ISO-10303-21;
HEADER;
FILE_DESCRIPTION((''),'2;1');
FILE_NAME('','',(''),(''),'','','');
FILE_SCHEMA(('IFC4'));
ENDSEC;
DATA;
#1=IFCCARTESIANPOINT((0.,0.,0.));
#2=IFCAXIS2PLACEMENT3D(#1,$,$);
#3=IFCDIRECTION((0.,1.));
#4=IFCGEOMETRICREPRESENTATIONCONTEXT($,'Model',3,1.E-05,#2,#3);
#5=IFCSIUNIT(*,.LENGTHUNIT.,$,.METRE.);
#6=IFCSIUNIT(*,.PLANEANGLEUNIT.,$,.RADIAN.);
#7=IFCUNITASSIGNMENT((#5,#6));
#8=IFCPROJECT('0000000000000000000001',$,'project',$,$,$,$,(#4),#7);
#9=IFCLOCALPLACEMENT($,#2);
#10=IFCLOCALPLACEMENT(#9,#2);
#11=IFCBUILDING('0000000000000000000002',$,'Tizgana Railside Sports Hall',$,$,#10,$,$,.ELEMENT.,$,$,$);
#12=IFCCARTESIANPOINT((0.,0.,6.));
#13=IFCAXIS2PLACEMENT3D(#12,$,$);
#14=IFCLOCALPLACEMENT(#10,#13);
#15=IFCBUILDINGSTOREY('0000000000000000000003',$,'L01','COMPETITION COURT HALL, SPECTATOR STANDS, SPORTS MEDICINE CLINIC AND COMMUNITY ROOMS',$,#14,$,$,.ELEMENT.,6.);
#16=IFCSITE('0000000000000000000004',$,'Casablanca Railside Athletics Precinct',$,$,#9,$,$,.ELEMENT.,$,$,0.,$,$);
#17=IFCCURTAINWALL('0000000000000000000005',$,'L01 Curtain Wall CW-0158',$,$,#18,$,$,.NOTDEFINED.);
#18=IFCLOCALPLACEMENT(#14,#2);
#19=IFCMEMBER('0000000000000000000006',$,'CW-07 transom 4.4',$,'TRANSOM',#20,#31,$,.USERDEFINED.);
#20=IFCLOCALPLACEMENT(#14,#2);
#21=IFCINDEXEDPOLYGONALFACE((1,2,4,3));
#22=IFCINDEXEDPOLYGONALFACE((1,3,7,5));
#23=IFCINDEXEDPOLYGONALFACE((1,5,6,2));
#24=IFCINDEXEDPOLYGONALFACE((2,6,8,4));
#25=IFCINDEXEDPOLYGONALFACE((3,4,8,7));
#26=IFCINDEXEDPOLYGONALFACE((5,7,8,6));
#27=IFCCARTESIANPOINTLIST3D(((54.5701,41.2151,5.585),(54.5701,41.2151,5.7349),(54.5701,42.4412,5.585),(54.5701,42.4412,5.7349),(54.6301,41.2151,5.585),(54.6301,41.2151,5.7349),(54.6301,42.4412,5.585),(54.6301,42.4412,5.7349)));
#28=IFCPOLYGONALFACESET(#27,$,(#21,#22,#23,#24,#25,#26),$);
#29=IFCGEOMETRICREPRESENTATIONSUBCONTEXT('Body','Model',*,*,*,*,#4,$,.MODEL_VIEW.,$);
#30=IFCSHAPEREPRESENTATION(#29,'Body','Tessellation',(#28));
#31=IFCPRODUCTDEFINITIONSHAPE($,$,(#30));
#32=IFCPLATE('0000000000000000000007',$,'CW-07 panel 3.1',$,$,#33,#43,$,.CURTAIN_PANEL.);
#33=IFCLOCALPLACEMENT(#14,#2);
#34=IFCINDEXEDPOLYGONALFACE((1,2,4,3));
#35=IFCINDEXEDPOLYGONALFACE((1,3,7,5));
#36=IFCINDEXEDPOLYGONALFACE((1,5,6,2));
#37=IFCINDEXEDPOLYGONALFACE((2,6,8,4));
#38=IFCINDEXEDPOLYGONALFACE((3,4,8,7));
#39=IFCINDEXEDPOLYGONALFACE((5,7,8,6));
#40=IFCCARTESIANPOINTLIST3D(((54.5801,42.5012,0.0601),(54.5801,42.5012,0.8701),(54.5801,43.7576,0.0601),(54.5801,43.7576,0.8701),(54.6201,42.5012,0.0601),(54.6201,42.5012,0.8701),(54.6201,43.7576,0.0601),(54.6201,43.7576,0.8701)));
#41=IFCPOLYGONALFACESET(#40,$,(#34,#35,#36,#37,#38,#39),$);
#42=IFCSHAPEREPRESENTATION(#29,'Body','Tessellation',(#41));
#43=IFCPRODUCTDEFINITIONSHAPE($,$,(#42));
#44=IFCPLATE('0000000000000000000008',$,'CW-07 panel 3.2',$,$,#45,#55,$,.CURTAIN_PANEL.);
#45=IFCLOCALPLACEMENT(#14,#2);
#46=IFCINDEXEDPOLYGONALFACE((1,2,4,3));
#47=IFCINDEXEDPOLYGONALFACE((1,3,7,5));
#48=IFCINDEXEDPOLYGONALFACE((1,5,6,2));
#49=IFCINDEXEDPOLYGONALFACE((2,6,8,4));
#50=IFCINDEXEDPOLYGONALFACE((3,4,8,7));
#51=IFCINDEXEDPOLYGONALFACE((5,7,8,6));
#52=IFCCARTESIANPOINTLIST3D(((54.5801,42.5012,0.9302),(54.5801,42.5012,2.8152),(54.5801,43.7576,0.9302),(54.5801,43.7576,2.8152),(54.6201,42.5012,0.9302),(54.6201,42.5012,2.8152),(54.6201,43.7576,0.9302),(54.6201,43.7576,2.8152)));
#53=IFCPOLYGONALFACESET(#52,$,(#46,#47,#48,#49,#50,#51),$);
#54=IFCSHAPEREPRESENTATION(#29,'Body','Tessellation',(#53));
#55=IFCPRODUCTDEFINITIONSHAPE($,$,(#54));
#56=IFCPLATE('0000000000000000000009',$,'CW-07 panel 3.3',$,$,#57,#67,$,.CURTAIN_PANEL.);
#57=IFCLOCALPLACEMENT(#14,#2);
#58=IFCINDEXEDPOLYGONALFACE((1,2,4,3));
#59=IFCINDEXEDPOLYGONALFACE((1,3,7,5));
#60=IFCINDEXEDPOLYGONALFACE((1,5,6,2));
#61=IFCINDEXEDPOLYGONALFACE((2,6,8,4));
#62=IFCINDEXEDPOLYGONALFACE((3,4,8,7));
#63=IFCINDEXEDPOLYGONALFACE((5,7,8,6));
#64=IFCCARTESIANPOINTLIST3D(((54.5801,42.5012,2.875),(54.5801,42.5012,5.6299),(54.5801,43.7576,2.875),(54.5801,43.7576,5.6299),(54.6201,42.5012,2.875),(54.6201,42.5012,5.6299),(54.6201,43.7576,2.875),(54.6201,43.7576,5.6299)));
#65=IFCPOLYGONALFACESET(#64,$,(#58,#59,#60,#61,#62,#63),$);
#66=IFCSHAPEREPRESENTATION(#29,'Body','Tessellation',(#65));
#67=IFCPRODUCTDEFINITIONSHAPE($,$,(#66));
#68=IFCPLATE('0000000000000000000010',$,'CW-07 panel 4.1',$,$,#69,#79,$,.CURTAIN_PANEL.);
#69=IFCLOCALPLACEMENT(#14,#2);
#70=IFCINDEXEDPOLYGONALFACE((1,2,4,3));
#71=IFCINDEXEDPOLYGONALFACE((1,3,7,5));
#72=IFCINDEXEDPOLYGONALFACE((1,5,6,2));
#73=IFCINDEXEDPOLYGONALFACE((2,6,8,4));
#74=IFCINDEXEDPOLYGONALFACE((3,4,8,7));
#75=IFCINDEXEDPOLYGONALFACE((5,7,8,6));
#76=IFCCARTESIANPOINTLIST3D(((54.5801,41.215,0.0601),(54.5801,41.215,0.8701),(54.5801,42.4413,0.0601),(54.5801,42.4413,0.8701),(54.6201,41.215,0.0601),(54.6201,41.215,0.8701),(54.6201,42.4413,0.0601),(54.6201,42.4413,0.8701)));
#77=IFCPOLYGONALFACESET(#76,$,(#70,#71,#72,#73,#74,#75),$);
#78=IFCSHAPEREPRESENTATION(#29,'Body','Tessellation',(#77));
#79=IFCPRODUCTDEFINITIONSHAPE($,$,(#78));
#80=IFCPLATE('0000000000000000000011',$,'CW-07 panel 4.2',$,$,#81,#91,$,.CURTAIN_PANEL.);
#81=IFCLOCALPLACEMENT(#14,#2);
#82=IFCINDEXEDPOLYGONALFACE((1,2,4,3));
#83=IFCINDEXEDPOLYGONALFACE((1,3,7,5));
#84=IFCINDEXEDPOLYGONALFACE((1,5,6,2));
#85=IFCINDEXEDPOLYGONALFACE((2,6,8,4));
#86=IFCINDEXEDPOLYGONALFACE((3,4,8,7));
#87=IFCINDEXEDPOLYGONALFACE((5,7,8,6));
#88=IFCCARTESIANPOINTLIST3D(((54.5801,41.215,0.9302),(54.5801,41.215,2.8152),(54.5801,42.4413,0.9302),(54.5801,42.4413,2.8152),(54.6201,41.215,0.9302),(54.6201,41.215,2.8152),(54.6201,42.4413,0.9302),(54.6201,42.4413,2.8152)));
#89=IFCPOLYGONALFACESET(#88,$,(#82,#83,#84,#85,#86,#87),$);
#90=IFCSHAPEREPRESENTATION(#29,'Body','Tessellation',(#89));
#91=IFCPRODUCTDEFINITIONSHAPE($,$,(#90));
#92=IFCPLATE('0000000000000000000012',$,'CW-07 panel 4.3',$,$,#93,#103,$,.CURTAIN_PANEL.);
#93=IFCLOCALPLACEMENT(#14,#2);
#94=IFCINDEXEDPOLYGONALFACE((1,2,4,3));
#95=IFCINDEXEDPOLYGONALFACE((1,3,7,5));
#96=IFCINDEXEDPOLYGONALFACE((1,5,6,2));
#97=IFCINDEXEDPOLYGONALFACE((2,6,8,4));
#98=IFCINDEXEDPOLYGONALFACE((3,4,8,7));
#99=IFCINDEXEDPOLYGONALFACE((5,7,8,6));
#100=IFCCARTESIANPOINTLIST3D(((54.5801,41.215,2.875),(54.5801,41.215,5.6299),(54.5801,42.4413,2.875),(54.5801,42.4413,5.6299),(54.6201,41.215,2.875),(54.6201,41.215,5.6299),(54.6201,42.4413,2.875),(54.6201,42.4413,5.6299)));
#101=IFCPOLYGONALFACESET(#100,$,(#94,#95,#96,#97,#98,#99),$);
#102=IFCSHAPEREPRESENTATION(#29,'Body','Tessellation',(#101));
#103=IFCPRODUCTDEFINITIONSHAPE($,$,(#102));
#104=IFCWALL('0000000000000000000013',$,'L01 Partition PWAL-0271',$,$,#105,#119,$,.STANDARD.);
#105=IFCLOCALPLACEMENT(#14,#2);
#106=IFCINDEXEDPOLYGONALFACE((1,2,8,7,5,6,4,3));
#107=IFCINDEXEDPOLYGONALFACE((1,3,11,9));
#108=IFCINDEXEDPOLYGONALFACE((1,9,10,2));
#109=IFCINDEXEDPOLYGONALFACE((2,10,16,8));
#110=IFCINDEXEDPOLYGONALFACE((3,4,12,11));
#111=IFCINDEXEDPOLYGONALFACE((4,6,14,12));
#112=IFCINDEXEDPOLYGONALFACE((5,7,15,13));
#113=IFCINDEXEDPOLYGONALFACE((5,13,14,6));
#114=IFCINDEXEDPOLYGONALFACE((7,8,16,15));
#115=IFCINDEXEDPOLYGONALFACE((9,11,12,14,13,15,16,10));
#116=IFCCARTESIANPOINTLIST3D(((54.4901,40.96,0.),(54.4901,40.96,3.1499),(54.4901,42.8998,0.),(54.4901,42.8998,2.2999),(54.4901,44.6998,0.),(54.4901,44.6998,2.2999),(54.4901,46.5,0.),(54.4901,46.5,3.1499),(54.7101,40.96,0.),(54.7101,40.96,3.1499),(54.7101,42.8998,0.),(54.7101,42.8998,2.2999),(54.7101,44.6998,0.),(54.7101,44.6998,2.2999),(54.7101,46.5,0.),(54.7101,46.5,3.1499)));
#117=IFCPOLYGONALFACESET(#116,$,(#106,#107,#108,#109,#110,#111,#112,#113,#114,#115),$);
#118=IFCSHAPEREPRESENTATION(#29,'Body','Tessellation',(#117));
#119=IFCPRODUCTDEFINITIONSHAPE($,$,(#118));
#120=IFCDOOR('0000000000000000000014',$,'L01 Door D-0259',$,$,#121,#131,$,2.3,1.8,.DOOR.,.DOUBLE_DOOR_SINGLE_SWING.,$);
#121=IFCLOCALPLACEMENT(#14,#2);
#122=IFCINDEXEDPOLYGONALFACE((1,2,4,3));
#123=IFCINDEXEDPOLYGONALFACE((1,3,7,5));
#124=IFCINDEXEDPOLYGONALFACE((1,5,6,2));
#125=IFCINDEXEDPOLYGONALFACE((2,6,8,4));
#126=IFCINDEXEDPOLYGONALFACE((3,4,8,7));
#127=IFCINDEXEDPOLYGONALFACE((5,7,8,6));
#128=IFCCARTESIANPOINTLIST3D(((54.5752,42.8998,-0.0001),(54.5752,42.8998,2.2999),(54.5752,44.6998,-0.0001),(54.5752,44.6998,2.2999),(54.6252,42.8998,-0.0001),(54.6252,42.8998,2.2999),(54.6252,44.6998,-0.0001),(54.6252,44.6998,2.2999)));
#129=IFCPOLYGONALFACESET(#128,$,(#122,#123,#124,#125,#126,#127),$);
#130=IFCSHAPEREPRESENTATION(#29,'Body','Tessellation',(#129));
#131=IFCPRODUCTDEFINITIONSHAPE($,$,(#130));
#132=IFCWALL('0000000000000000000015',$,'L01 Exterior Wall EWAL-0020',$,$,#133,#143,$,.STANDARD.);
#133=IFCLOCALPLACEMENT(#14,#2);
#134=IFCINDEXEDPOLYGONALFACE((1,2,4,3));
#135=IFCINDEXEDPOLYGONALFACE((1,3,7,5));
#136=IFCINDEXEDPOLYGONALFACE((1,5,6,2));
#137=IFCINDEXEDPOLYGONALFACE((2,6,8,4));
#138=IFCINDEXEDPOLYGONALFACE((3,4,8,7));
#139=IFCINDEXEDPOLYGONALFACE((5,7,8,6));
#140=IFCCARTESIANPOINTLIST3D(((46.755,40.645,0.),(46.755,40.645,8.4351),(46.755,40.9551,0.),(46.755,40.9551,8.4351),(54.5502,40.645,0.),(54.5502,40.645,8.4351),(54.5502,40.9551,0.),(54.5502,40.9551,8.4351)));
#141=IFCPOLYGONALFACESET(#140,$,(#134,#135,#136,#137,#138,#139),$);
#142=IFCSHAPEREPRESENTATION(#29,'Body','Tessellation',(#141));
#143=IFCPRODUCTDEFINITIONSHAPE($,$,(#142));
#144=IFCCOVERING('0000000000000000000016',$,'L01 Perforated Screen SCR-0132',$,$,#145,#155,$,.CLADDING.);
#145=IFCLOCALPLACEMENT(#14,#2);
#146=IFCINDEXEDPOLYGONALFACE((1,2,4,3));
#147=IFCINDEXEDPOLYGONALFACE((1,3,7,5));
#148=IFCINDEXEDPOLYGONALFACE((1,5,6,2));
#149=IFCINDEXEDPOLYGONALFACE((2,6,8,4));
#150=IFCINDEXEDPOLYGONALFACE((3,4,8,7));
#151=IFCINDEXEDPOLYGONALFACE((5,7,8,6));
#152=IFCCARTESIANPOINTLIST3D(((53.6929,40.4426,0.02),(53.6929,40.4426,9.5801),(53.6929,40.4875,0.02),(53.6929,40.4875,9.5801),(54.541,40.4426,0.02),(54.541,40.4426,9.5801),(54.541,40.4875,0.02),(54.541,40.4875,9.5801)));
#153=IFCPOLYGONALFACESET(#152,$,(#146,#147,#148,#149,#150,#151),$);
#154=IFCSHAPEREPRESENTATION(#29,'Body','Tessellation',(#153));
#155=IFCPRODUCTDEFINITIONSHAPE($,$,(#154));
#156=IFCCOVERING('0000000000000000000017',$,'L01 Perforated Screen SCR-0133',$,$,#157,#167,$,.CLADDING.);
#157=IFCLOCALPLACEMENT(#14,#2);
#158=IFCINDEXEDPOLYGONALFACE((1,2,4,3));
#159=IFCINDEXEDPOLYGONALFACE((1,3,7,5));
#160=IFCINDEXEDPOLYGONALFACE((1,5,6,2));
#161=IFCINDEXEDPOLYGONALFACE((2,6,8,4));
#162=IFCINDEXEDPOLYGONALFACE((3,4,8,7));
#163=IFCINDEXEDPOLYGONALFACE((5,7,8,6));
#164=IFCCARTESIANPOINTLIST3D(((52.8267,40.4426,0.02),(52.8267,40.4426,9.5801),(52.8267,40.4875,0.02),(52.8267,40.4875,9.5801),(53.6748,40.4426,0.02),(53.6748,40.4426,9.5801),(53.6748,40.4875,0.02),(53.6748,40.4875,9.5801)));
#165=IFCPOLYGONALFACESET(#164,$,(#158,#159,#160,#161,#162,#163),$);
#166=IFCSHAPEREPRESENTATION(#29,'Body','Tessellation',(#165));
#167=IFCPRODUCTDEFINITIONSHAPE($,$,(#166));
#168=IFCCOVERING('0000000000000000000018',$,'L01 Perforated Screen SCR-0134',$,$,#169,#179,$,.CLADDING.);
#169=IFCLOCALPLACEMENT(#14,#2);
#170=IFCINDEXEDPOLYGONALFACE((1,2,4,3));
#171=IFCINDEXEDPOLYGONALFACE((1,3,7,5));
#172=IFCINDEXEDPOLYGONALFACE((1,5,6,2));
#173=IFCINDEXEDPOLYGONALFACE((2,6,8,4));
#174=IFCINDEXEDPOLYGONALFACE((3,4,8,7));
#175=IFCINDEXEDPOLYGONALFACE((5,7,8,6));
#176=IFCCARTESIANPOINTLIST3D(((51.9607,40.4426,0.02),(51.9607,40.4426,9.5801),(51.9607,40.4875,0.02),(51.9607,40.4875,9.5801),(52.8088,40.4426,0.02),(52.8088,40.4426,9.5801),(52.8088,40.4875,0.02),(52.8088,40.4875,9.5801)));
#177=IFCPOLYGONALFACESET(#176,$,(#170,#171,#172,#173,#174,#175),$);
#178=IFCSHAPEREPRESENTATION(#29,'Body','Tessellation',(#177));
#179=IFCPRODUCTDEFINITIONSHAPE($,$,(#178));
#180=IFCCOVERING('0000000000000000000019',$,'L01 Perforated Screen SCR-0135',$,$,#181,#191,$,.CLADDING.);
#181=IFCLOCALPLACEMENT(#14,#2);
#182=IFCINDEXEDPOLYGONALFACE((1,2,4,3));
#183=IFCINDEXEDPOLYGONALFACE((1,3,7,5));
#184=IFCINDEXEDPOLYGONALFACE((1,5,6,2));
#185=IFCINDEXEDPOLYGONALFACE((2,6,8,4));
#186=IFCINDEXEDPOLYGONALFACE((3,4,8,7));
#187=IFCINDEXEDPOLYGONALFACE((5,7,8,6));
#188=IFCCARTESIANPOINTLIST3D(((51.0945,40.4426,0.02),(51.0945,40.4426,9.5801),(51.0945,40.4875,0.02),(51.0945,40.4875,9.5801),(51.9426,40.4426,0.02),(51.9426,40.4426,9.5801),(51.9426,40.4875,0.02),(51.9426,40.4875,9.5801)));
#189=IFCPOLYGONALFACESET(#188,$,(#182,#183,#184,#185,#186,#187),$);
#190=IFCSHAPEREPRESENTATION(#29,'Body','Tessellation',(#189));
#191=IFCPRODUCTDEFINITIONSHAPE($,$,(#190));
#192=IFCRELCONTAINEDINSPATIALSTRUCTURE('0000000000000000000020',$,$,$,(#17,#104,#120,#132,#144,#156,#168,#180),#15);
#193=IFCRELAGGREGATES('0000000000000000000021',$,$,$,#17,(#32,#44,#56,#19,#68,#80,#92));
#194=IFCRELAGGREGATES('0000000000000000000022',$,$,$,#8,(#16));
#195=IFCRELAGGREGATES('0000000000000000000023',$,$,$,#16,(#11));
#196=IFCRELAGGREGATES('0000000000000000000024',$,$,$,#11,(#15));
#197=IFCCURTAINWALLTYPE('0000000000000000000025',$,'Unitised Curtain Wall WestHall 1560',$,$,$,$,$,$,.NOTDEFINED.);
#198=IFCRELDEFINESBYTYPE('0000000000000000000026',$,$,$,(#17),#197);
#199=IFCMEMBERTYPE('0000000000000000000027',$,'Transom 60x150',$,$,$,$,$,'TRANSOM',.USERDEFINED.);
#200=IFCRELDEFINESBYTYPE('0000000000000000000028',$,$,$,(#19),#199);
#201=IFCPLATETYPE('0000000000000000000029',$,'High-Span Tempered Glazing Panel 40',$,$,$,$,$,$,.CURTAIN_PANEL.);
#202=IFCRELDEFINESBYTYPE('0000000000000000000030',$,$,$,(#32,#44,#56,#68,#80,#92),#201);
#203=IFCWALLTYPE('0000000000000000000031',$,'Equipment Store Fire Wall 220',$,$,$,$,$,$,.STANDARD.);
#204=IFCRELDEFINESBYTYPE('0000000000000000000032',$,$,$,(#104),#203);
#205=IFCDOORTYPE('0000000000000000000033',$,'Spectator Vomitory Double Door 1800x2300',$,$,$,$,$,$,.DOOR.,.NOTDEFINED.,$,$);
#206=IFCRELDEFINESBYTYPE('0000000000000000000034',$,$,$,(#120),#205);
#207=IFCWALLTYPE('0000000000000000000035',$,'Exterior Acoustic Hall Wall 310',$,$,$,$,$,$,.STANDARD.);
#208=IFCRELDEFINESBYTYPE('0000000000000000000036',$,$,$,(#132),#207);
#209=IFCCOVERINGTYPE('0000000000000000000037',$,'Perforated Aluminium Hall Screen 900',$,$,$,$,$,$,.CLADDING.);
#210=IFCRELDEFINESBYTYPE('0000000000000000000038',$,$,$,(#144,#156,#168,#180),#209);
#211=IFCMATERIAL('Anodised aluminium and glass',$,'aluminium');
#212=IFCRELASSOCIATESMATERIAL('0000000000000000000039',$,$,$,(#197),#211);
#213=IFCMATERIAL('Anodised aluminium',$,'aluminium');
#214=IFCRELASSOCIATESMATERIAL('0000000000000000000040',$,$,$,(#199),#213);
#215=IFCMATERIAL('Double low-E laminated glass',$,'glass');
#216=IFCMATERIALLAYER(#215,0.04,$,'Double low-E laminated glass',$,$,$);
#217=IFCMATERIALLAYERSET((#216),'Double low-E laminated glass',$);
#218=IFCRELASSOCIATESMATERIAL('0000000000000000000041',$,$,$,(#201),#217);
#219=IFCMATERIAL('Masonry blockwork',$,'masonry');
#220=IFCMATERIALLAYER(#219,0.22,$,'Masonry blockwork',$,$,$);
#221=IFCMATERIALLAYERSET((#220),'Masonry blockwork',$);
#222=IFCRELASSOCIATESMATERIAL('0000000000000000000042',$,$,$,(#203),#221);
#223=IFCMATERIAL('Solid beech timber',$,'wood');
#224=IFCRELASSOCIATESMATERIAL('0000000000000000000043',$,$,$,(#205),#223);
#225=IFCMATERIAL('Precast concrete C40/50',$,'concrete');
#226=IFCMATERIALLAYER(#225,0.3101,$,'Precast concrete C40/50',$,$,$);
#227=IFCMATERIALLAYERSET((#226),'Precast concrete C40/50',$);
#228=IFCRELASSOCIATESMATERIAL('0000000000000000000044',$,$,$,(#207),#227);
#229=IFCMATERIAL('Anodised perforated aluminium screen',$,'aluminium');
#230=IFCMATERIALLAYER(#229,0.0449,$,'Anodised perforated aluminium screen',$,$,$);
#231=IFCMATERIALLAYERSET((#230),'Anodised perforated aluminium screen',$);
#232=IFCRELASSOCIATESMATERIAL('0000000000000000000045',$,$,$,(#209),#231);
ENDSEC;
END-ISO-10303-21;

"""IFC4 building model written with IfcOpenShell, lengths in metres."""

from ifc_helpers import new_model, si_unit, direction, frame, frame_2d, origin, origin_2d, place, context, subcontext, project, spatial, rectangle, extrude, material, layer, layer_set, material_profile, profile_set, type_object, element, fill, aggregate, save


model = new_model("IFC4")

# Units and contexts
model_context = context("Model", 3, precision=1e-05, world=origin(), true_north=direction((0.0, 1.0)))
body_context = subcontext(model_context, "Body", "Model", "MODEL_VIEW")
ifc_project = project(units=[si_unit("LENGTHUNIT", "METRE"), si_unit("PLANEANGLEUNIT", "RADIAN")], contexts=[model_context])

# Site, building, storey
site_placement = place(None, origin())
site = spatial("IfcSite", under=ifc_project, at=site_placement, Name="Casablanca Railside Athletics Precinct", CompositionType="ELEMENT", RefElevation=0.0)
building_placement = place(site_placement, origin())
building = spatial("IfcBuilding", under=site, at=building_placement, Name="Tizgana Railside Sports Hall", CompositionType="ELEMENT")
storey_placement = place(building_placement, frame((0.0, 0.0, 6.0)))
storey = spatial("IfcBuildingStorey", under=building, at=storey_placement, Name="L01", Description="COMPETITION COURT HALL, SPECTATOR STANDS, SPORTS MEDICINE CLINIC AND COMMUNITY ROOMS", CompositionType="ELEMENT", Elevation=6.0)

# Curtain wall
ifc_material_1 = material(Name="Anodised aluminium and glass", Category="aluminium")
curtain_wall_type = type_object("IfcCurtainWallType", Name="Unitised Curtain Wall WestHall 1560", PredefinedType="NOTDEFINED", material=ifc_material_1)
curtain_wall_placement = place(storey_placement, origin())
curtain_wall = element("IfcCurtainWall", 1, at=curtain_wall_placement, inside=storey, type_object=curtain_wall_type, Name="L01 Curtain Wall CW-0158", PredefinedType="NOTDEFINED")
ifc_material_2 = material(Name="Anodised aluminium", Category="aluminium")

# Member
ifc_material_profile_1 = material_profile(ifc_material_2, rectangle(XDim=0.0601, YDim=0.1499, at=origin_2d()), Name="Transom 60x150")
ifc_profile_set_1 = profile_set([ifc_material_profile_1], Name="Anodised aluminium")
member_type_1 = type_object("IfcMemberType", Name="Transom 60x150", ElementType="TRANSOM", PredefinedType="USERDEFINED", material=ifc_profile_set_1)
member_1_placement = place(storey_placement, frame((54.6001, 42.4412, 5.6599), z_axis=(0.0, -1.0, 0.0), x_axis=(1.0, 0.0, 0.0)))
member_1 = element("IfcMember", 2, at=member_1_placement, type_object=member_type_1, Name="CW-07 transom 4.4", ObjectType="TRANSOM", PredefinedType="USERDEFINED", context=body_context, shape_type="SweptSolid", body=[
    extrude(rectangle(XDim=0.0601, YDim=0.1499, at=origin_2d()), origin(), (0.0, 0.0, 1.0), 1.2261),
])

# Plates
ifc_material_3 = material(Name="Double low-E laminated glass", Category="glass")
ifc_layer_1 = layer(ifc_material_3, 0.04, Name="Double low-E laminated glass")
ifc_layer_set_1 = layer_set([ifc_layer_1], Name="Double low-E laminated glass")
plate_type = type_object("IfcPlateType", Name="High-Span Tempered Glazing Panel 40", PredefinedType="CURTAIN_PANEL", material=ifc_layer_set_1)
plate_1_placement = place(storey_placement, frame((54.6001, 43.1294, 0.0601), z_axis=(0.0, 0.0, 1.0), x_axis=(0.0, -1.0, 0.0)))
plate_1 = element("IfcPlate", 3, at=plate_1_placement, type_object=plate_type, Name="CW-07 panel 3.1", PredefinedType="CURTAIN_PANEL", context=body_context, shape_type="SweptSolid", body=[
    extrude(rectangle(XDim=1.2563, YDim=0.04, at=origin_2d()), origin(), (0.0, 0.0, 1.0), 0.8101),
])
plate_2_placement = place(storey_placement, frame((54.6001, 43.1294, 0.9302), z_axis=(0.0, 0.0, 1.0), x_axis=(0.0, -1.0, 0.0)))
plate_2 = element("IfcPlate", 4, at=plate_2_placement, type_object=plate_type, Name="CW-07 panel 3.2", PredefinedType="CURTAIN_PANEL", context=body_context, shape_type="SweptSolid", body=[
    extrude(rectangle(XDim=1.2563, YDim=0.04, at=origin_2d()), origin(), (0.0, 0.0, 1.0), 1.885),
])
plate_3_placement = place(storey_placement, frame((54.6001, 43.1294, 2.875), z_axis=(0.0, 0.0, 1.0), x_axis=(0.0, -1.0, 0.0)))
plate_3 = element("IfcPlate", 5, at=plate_3_placement, type_object=plate_type, Name="CW-07 panel 3.3", PredefinedType="CURTAIN_PANEL", context=body_context, shape_type="SweptSolid", body=[
    extrude(rectangle(XDim=1.2563, YDim=0.04, at=origin_2d()), origin(), (0.0, 0.0, 1.0), 2.7549),
])
plate_4_placement = place(storey_placement, frame((54.6001, 41.8281, 0.0601), z_axis=(0.0, 0.0, 1.0), x_axis=(0.0, -1.0, 0.0)))
plate_4 = element("IfcPlate", 6, at=plate_4_placement, type_object=plate_type, Name="CW-07 panel 4.1", PredefinedType="CURTAIN_PANEL", context=body_context, shape_type="SweptSolid", body=[
    extrude(rectangle(XDim=1.2263, YDim=0.04, at=origin_2d()), origin(), (0.0, 0.0, 1.0), 0.8101),
])
plate_5_placement = place(storey_placement, frame((54.6001, 41.8281, 0.9302), z_axis=(0.0, 0.0, 1.0), x_axis=(0.0, -1.0, 0.0)))
plate_5 = element("IfcPlate", 7, at=plate_5_placement, type_object=plate_type, Name="CW-07 panel 4.2", PredefinedType="CURTAIN_PANEL", context=body_context, shape_type="SweptSolid", body=[
    extrude(rectangle(XDim=1.2263, YDim=0.04, at=origin_2d()), origin(), (0.0, 0.0, 1.0), 1.885),
])
plate_6_placement = place(storey_placement, frame((54.6001, 41.8281, 2.875), z_axis=(0.0, 0.0, 1.0), x_axis=(0.0, -1.0, 0.0)))
plate_6 = element("IfcPlate", 8, at=plate_6_placement, type_object=plate_type, Name="CW-07 panel 4.3", PredefinedType="CURTAIN_PANEL", context=body_context, shape_type="SweptSolid", body=[
    extrude(rectangle(XDim=1.2263, YDim=0.04, at=origin_2d()), origin(), (0.0, 0.0, 1.0), 2.7549),
])
aggregate(curtain_wall, [plate_1, plate_2, plate_3, member_1, plate_4, plate_5, plate_6])

# Wall, opening, door
ifc_material_4 = material(Name="Masonry blockwork", Category="masonry")
ifc_layer_2 = layer(ifc_material_4, 0.22, Name="Masonry blockwork")
ifc_layer_set_2 = layer_set([ifc_layer_2], Name="Masonry blockwork")
wall_type_1 = type_object("IfcWallType", Name="Equipment Store Fire Wall 220", PredefinedType="STANDARD", material=ifc_layer_set_2)
wall_1_placement = place(storey_placement, frame((54.6001, 40.96, 0.0), z_axis=(0.0, 0.0, 1.0), x_axis=(0.0, 1.0, 0.0)))
wall_1 = element("IfcWall", 9, at=wall_1_placement, inside=storey, type_object=wall_type_1, Name="L01 Partition PWAL-0271", PredefinedType="STANDARD", context=body_context, shape_type="SweptSolid", body=[
    extrude(rectangle(XDim=5.54, YDim=0.22, at=frame_2d((2.77, 0.0))), origin(), (0.0, 0.0, 1.0), 3.1499),
])
opening_placement = place(wall_1_placement, frame((1.9399, 0.0, 0.0)))
opening = element("IfcOpeningElement", 10, at=opening_placement, cuts=wall_1, PredefinedType="OPENING", context=body_context, shape_type="SweptSolid", body=[
    extrude(rectangle(XDim=1.8, YDim=2.3, at=frame_2d((0.8999, 1.1499))), frame((0.0, 0.1199, 0.0), z_axis=(0.0, -1.0, 0.0), x_axis=(1.0, 0.0, 0.0)), (0.0, 0.0, 1.0), 0.24),
])
ifc_material_5 = material(Name="Solid beech timber", Category="wood")
door_type = type_object("IfcDoorType", Name="Spectator Vomitory Double Door 1800x2300", OperationType="NOTDEFINED", PredefinedType="DOOR", material=ifc_material_5)
door_placement = place(opening_placement, origin())
door = element("IfcDoor", 11, at=door_placement, inside=storey, type_object=door_type, Name="L01 Door D-0259", OperationType="DOUBLE_DOOR_SINGLE_SWING", OverallHeight=2.3, OverallWidth=1.8, PredefinedType="DOOR", context=body_context, shape_type="SweptSolid", body=[
    extrude(rectangle(XDim=1.8, YDim=2.3, at=frame_2d((0.8999, 1.1499))), frame((0.0, 0.0249, 0.0), z_axis=(0.0, -1.0, 0.0), x_axis=(1.0, 0.0, 0.0)), (0.0, 0.0, 1.0), 0.05),
])
fill(opening, door)

# Wall
ifc_material_6 = material(Name="Precast concrete C40/50", Category="concrete")
ifc_layer_3 = layer(ifc_material_6, 0.3101, Name="Precast concrete C40/50")
ifc_layer_set_3 = layer_set([ifc_layer_3], Name="Precast concrete C40/50")
wall_type_2 = type_object("IfcWallType", Name="Exterior Acoustic Hall Wall 310", PredefinedType="STANDARD", material=ifc_layer_set_3)
wall_2_placement = place(storey_placement, frame((54.55, 40.8, 0.0), z_axis=(0.0, 0.0, 1.0), x_axis=(-1.0, 0.0, 0.0)))
element("IfcWall", 12, at=wall_2_placement, inside=storey, type_object=wall_type_2, Name="L01 Exterior Wall EWAL-0020", PredefinedType="STANDARD", context=body_context, shape_type="SweptSolid", body=[
    extrude(rectangle(XDim=7.7952, YDim=0.3101, at=frame_2d((3.8975, 0.0))), origin(), (0.0, 0.0, 1.0), 8.4351),
])

# Coverings
ifc_material_7 = material(Name="Anodised perforated aluminium screen", Category="aluminium")
ifc_layer_4 = layer(ifc_material_7, 0.0449, Name="Anodised perforated aluminium screen")
ifc_layer_set_4 = layer_set([ifc_layer_4], Name="Anodised perforated aluminium screen")
covering_type = type_object("IfcCoveringType", Name="Perforated Aluminium Hall Screen 900", PredefinedType="CLADDING", material=ifc_layer_set_4)
for number, where, z_axis, x_axis, name in (
    (13, (54.1169, 40.4651, 0.02), (0.0, 0.0, 1.0), (-1.0, 0.0, 0.0), "L01 Perforated Screen SCR-0132"),
    (14, (53.2507, 40.4651, 0.02), (0.0, 0.0, 1.0), (-1.0, 0.0, 0.0), "L01 Perforated Screen SCR-0133"),
    (15, (52.3848, 40.4651, 0.02), (0.0, 0.0, 1.0), (-1.0, 0.0, 0.0), "L01 Perforated Screen SCR-0134"),
    (16, (51.5186, 40.4651, 0.02), (0.0, 0.0, 1.0), (-1.0, 0.0, 0.0), "L01 Perforated Screen SCR-0135"),
):
    element("IfcCovering", number, at=place(storey_placement, frame(where, z_axis=z_axis, x_axis=x_axis)), inside=storey, type_object=covering_type, Name=name, PredefinedType="CLADDING", context=body_context, shape_type="SweptSolid", body=[
        extrude(rectangle(XDim=0.8481, YDim=0.0449, at=origin_2d()), origin(), (0.0, 0.0, 1.0), 9.5601),
    ])

save(model, "model.ifc")
